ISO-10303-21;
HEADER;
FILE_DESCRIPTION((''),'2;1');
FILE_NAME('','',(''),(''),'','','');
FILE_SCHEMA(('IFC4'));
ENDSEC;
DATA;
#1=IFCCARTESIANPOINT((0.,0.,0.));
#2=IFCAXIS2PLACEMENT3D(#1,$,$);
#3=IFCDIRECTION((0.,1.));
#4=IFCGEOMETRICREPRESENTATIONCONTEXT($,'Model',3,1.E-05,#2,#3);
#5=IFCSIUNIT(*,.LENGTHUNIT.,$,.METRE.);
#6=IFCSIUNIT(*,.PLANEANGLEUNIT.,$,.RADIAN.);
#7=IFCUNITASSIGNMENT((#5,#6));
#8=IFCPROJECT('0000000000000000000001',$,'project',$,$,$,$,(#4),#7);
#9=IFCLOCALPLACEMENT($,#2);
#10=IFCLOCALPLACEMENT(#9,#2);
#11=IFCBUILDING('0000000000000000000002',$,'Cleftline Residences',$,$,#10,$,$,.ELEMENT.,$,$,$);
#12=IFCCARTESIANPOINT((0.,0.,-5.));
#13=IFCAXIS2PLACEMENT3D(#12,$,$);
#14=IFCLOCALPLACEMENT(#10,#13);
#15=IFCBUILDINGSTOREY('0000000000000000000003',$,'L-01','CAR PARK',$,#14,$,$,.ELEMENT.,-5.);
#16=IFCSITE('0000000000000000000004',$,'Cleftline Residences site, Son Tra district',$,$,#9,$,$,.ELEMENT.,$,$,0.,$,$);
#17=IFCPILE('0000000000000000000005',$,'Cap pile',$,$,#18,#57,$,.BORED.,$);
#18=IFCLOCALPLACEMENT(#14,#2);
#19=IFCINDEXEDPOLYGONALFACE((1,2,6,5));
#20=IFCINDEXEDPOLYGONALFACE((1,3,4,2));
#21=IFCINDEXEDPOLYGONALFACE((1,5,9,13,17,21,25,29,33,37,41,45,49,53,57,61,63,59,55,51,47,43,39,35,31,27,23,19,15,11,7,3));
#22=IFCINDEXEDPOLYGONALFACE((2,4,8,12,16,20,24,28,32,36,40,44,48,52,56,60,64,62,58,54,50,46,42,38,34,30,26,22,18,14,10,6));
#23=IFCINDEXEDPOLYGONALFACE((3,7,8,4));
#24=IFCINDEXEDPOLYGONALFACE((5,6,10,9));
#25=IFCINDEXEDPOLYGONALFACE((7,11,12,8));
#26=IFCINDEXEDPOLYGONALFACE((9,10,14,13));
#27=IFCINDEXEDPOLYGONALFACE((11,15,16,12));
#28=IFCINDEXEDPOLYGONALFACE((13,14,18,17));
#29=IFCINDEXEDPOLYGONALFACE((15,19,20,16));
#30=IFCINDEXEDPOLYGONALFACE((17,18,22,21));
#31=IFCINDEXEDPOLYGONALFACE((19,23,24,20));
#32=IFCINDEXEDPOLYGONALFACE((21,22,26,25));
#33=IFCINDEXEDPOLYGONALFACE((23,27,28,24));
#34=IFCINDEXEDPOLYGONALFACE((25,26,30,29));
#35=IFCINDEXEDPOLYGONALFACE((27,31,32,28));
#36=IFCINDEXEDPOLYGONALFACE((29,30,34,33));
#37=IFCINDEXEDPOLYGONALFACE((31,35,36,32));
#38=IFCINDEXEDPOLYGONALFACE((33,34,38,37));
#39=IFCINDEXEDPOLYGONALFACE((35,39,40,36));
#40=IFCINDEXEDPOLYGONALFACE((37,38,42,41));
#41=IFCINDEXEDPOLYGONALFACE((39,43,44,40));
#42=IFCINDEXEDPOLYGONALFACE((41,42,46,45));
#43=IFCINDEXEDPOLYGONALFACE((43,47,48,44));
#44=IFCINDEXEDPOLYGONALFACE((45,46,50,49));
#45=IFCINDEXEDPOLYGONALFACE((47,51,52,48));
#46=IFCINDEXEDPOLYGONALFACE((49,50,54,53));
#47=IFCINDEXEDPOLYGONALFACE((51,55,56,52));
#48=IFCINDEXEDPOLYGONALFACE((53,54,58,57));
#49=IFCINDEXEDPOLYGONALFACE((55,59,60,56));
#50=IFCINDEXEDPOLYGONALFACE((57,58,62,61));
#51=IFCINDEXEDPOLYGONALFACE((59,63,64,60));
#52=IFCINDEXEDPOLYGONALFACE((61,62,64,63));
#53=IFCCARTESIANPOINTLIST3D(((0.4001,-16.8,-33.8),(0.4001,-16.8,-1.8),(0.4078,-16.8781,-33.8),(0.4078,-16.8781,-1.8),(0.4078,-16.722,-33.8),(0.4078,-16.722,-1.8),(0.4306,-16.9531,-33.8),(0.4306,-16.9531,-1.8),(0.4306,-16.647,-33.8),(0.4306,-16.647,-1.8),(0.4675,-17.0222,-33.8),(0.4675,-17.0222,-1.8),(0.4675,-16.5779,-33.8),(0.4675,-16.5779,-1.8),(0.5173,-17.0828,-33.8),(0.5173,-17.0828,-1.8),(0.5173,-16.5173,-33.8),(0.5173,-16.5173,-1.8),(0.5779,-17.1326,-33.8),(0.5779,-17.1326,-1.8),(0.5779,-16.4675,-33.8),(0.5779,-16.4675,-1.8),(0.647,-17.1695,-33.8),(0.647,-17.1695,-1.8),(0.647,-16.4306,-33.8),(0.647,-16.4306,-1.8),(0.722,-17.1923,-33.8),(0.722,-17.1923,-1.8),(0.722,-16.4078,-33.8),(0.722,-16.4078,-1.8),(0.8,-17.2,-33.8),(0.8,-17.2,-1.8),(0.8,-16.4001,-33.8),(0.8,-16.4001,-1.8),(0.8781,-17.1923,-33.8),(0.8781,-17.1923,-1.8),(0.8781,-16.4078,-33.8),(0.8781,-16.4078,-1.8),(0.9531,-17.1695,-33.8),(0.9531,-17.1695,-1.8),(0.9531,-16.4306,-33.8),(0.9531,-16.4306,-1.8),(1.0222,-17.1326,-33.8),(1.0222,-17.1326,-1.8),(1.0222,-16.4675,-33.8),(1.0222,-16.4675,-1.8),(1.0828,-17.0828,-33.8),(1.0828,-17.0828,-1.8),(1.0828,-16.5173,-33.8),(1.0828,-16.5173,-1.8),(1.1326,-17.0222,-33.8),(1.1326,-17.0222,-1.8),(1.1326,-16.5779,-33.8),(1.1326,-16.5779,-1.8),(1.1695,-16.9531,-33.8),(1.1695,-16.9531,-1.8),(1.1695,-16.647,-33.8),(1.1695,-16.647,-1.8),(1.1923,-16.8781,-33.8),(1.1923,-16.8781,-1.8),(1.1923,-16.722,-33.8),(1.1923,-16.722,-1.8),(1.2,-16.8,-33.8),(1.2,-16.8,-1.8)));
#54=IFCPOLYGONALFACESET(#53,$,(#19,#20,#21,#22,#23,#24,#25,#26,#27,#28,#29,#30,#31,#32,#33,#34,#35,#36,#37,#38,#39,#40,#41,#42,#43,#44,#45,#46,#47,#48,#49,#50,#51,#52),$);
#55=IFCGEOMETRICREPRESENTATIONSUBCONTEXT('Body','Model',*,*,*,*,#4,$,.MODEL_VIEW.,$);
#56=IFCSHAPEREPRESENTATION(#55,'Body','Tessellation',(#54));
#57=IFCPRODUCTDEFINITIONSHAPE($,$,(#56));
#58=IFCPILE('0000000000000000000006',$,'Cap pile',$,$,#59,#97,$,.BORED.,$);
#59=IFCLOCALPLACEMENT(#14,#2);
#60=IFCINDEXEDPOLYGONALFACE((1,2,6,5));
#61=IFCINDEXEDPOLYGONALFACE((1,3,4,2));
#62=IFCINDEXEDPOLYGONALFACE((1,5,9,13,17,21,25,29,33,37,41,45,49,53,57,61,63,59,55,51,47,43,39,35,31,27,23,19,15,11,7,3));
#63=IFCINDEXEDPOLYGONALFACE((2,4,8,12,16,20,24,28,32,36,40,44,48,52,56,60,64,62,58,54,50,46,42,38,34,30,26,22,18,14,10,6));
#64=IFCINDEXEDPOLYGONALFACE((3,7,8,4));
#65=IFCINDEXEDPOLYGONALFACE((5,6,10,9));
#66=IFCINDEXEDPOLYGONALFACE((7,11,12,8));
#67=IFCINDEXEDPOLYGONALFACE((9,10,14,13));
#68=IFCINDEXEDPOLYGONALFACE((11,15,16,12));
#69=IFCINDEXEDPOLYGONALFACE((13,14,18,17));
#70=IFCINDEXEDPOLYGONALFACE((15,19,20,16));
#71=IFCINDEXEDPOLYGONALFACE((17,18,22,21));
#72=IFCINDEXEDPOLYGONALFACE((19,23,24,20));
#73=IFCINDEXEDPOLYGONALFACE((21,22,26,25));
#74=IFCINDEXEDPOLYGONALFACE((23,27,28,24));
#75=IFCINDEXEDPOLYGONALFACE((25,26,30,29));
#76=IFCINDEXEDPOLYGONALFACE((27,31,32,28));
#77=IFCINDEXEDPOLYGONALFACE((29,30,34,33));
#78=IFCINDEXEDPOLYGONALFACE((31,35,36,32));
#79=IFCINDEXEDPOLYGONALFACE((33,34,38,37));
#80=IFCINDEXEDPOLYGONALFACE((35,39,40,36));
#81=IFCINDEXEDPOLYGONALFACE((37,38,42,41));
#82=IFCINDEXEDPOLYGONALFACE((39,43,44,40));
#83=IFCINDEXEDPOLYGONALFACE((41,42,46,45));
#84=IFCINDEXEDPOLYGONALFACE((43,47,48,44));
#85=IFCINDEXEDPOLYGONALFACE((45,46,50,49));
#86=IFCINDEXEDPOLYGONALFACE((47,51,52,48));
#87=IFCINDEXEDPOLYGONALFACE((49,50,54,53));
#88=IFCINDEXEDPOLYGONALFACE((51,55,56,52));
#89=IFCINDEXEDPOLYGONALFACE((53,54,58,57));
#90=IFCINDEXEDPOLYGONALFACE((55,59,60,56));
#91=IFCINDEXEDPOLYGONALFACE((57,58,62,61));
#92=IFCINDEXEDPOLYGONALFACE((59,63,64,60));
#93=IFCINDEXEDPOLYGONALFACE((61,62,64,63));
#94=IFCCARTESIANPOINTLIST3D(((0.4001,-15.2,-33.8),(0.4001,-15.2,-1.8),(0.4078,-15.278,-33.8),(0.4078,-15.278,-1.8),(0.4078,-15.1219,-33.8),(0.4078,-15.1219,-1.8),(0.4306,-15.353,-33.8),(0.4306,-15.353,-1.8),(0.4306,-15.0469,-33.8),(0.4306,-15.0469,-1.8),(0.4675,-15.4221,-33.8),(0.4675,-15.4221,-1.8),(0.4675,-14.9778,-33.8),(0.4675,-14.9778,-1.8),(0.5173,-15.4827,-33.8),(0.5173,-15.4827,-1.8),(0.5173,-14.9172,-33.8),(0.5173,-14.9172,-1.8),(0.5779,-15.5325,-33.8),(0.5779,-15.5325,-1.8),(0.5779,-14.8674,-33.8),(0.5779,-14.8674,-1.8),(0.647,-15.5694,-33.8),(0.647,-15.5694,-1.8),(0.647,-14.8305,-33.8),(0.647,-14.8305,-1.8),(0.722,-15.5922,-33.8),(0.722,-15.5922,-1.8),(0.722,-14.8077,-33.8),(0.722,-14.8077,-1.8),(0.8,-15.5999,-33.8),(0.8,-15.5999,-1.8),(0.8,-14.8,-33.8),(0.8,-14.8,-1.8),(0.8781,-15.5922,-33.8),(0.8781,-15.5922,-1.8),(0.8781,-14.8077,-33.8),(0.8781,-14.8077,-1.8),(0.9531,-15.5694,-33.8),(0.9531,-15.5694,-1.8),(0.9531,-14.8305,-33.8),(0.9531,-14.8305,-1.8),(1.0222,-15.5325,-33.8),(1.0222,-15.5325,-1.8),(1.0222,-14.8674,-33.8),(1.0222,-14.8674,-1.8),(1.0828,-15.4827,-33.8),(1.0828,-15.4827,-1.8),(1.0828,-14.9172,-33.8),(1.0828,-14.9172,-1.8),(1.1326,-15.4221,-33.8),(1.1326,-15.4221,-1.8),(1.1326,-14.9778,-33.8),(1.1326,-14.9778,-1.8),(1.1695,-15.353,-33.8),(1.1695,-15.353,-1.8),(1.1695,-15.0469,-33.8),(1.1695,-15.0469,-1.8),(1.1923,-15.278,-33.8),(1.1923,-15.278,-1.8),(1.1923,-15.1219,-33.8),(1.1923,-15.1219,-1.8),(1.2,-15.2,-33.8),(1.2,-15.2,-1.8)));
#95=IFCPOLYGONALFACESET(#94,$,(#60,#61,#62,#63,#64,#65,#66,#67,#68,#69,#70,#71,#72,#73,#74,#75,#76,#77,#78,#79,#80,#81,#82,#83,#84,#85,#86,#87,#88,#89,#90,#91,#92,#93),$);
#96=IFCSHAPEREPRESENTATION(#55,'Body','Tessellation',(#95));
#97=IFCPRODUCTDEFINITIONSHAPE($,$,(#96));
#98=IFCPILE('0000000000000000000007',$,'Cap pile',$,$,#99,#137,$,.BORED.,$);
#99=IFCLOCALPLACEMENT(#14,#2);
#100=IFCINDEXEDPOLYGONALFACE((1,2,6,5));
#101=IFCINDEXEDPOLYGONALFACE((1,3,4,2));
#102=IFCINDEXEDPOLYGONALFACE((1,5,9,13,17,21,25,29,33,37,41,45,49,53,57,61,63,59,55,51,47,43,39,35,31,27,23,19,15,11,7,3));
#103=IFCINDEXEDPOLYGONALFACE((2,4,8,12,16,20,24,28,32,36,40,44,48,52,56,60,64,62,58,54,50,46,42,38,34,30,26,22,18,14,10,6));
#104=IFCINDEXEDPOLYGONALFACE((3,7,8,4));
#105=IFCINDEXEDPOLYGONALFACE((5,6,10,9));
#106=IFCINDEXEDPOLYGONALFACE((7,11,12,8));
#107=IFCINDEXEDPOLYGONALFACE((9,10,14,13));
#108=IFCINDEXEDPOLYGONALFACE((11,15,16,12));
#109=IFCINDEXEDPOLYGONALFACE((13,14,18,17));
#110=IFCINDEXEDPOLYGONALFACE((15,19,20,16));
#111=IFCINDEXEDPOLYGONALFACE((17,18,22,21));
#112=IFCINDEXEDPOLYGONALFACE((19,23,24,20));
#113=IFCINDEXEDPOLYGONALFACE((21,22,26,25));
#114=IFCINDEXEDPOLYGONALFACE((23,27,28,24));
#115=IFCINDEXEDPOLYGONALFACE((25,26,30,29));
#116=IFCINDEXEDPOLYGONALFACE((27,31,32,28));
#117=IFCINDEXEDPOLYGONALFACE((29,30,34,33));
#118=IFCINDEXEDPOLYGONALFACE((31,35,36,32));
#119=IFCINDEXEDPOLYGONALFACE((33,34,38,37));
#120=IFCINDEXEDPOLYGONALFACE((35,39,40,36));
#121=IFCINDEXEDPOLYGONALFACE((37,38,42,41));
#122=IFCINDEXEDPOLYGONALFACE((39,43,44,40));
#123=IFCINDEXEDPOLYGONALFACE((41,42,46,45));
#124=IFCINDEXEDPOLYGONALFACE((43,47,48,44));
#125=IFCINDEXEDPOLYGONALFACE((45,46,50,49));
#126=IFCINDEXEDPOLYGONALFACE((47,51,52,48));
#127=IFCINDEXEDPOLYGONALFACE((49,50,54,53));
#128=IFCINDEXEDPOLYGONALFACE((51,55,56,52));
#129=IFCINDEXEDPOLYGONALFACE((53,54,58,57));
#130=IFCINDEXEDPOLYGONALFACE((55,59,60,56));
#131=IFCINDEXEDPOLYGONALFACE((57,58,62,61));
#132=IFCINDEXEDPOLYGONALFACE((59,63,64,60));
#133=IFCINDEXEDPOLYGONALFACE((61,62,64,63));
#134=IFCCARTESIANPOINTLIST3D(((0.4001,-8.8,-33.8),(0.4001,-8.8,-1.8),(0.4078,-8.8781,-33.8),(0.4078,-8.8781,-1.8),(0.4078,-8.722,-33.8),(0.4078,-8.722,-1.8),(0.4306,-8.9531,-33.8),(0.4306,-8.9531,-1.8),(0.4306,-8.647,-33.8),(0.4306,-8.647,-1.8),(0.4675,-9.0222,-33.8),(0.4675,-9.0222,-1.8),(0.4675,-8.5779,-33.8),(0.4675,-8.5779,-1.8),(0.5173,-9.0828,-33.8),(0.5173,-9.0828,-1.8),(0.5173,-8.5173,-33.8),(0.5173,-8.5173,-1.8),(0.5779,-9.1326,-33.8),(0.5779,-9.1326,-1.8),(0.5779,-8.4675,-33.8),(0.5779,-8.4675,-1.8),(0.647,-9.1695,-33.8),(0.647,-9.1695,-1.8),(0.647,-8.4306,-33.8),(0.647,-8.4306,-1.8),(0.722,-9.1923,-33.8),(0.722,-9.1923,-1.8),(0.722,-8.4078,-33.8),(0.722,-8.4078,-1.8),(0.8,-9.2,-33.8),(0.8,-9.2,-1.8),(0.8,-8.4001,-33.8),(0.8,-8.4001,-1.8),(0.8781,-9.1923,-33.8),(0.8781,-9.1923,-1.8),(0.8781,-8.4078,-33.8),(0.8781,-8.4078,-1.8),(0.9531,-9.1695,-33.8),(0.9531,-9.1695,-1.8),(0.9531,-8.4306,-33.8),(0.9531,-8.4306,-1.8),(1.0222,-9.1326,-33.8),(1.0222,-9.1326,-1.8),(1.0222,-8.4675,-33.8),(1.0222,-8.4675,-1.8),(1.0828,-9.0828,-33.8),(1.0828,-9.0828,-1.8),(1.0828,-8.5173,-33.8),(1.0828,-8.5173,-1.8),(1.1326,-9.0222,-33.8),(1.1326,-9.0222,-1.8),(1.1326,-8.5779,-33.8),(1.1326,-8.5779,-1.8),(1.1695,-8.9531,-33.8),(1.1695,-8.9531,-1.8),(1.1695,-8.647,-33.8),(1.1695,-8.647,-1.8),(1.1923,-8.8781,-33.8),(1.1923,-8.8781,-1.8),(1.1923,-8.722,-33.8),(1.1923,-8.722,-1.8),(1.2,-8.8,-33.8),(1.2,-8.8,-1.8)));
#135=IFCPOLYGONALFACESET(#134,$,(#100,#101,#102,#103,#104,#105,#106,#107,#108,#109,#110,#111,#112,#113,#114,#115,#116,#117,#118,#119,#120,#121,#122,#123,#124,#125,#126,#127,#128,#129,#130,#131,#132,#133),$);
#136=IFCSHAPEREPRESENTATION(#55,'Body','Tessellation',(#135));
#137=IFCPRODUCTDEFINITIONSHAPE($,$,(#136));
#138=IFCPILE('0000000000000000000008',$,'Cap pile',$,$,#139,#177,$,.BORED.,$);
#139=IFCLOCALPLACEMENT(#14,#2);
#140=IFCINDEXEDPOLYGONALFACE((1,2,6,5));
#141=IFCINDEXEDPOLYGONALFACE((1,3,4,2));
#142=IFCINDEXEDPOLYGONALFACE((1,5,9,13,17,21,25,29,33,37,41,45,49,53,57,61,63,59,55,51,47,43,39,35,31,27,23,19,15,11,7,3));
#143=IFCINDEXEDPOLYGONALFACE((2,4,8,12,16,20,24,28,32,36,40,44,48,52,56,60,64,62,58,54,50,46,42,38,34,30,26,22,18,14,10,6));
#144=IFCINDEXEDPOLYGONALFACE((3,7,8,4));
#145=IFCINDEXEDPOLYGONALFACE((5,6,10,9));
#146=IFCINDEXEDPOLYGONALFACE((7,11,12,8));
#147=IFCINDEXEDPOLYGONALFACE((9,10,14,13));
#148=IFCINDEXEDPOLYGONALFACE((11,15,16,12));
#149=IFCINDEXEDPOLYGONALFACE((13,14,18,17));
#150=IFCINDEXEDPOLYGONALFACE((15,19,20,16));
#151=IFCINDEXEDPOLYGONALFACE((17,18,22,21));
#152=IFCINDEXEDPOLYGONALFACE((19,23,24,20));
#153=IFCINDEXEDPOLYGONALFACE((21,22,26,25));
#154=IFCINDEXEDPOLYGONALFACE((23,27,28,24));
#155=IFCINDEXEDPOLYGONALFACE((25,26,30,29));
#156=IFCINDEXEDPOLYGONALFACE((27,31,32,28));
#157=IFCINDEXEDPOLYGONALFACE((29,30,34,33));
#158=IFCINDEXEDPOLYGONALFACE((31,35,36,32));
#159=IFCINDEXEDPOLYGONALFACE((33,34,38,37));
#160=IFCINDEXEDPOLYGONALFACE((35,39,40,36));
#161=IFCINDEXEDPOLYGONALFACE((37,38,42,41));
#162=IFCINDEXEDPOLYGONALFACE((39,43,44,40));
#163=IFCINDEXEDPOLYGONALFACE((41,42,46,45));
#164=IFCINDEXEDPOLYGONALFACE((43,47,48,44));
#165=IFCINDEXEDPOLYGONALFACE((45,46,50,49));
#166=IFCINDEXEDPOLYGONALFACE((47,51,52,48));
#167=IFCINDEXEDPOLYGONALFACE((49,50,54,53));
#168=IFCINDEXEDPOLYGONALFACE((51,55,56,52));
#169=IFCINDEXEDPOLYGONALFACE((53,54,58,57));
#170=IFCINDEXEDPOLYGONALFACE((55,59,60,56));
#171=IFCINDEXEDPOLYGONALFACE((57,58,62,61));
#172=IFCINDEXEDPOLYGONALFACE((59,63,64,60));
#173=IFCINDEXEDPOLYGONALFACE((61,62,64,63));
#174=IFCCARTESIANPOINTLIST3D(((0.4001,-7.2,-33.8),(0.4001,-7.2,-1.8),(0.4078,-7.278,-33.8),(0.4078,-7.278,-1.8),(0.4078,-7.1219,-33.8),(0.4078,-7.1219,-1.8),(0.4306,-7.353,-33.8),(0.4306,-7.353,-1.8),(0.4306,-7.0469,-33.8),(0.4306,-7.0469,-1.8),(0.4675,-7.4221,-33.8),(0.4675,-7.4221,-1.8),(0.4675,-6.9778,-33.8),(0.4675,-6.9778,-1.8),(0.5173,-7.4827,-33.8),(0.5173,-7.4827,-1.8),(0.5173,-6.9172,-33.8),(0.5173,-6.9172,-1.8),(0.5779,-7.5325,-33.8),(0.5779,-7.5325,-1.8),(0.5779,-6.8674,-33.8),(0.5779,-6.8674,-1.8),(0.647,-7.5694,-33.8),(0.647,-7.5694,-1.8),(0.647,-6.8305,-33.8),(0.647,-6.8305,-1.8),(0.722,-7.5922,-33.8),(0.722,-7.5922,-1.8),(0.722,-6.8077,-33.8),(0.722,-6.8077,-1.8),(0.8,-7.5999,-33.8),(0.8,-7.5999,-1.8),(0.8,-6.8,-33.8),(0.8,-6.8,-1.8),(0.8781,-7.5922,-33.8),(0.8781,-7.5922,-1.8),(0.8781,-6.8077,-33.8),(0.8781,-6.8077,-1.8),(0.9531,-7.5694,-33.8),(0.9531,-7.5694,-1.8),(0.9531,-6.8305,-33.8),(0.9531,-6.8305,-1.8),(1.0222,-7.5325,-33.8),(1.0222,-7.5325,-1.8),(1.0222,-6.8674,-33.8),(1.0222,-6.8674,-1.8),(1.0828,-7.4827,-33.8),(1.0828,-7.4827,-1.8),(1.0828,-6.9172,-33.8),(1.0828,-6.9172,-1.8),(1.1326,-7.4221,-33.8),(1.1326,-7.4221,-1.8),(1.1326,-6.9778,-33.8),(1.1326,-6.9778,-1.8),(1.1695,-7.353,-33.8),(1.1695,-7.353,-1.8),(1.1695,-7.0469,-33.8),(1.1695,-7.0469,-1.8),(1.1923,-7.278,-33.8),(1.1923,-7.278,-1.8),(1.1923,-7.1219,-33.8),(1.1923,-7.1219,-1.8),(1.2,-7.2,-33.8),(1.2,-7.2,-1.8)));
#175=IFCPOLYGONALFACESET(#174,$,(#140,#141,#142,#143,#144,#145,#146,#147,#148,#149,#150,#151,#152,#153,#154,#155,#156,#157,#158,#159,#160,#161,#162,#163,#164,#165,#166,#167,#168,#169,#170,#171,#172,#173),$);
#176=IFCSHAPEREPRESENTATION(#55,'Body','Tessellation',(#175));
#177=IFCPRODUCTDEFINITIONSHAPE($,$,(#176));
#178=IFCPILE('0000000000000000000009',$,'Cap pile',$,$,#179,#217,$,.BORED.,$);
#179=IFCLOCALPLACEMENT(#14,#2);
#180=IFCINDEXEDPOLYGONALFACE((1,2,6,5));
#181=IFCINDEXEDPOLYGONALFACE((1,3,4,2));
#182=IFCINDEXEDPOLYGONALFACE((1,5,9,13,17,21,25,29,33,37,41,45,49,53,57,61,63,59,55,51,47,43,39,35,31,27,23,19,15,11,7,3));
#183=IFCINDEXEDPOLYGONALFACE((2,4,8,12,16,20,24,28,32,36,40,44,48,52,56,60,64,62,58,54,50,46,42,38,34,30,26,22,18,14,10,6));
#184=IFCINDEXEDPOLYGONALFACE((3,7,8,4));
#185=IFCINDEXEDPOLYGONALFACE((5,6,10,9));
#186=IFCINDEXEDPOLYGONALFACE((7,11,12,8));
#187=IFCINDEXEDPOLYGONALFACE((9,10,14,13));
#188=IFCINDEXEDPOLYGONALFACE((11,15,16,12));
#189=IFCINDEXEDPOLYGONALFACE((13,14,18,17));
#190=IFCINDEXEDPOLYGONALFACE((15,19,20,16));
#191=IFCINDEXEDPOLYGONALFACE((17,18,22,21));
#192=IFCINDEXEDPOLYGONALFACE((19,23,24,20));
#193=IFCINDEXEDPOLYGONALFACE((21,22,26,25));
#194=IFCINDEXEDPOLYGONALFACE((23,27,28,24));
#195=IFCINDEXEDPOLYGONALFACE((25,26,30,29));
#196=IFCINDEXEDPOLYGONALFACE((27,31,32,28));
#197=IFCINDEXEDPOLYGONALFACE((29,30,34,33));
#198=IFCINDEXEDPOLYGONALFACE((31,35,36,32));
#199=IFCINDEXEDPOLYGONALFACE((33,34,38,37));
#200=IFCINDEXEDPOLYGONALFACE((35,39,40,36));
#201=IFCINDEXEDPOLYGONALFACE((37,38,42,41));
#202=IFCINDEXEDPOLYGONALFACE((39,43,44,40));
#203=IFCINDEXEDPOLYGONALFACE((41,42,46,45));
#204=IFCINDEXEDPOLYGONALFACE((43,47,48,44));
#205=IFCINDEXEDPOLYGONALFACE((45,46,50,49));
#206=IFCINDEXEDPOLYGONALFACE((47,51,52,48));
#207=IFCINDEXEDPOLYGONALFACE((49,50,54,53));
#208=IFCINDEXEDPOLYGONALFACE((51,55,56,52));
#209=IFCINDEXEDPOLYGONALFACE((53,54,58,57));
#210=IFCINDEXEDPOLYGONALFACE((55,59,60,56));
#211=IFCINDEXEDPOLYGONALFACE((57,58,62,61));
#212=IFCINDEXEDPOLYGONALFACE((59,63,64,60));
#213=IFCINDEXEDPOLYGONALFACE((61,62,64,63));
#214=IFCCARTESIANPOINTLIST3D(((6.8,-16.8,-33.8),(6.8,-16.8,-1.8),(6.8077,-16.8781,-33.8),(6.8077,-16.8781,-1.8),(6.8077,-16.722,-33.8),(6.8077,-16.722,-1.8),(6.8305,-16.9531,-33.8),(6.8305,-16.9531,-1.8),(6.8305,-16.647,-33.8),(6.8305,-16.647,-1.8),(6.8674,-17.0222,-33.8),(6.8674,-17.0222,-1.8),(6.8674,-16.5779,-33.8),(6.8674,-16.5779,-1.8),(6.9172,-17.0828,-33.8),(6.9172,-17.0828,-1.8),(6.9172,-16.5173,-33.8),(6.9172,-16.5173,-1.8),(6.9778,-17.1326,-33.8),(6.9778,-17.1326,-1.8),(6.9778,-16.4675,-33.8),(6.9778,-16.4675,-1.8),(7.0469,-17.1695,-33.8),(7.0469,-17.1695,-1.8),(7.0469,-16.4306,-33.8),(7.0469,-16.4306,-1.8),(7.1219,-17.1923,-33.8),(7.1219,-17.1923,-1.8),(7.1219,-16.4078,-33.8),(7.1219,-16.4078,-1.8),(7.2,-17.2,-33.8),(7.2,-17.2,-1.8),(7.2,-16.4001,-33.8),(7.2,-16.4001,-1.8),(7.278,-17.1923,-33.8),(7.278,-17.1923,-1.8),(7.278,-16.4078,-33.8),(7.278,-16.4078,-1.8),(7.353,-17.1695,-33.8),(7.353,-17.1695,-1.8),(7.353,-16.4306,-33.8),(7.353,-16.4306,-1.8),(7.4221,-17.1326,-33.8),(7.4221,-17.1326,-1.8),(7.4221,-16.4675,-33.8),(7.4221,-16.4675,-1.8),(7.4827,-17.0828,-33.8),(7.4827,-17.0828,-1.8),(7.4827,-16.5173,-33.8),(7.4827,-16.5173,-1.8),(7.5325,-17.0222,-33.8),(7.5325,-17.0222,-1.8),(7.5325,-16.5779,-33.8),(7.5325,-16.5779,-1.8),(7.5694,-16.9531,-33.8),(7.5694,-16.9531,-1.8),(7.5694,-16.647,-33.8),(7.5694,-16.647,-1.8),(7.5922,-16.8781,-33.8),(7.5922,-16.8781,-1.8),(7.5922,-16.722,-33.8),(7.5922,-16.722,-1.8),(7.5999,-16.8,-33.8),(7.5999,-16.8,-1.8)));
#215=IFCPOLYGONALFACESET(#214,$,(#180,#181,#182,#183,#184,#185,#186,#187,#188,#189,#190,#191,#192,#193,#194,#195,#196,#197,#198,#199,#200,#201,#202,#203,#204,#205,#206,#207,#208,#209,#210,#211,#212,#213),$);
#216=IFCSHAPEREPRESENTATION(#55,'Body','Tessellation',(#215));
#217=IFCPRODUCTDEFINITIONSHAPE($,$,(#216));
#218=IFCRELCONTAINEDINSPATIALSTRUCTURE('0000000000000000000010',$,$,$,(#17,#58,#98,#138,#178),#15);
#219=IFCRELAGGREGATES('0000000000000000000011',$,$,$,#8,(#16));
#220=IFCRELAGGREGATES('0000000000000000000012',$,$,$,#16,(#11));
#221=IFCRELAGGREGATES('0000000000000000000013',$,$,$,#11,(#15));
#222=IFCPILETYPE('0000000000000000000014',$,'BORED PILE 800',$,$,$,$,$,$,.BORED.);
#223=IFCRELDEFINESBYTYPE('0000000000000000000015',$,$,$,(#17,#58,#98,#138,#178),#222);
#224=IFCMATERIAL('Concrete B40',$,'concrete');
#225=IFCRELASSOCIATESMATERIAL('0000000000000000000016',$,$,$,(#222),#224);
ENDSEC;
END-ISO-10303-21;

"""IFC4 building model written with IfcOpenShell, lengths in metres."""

from ifc_helpers import new_model, si_unit, direction, frame, origin, origin_2d, place, context, subcontext, project, spatial, circle, extrude, material, material_profile, profile_set, type_object, element, save


model = new_model("IFC4")

# Units and contexts
model_context = context("Model", 3, precision=1e-05, world=origin(), true_north=direction((0.0, 1.0)))
body_context = subcontext(model_context, "Body", "Model", "MODEL_VIEW")
ifc_project = project(units=[si_unit("LENGTHUNIT", "METRE"), si_unit("PLANEANGLEUNIT", "RADIAN")], contexts=[model_context])

# Site, building, storey
site_placement = place(None, origin())
site = spatial("IfcSite", under=ifc_project, at=site_placement, Name="Cleftline Residences site, Son Tra district", CompositionType="ELEMENT", RefElevation=0.0)
building_placement = place(site_placement, origin())
building = spatial("IfcBuilding", under=site, at=building_placement, Name="Cleftline Residences", CompositionType="ELEMENT")
storey_placement = place(building_placement, frame((0.0, 0.0, -5.0)))
storey = spatial("IfcBuildingStorey", under=building, at=storey_placement, Name="L-01", Description="CAR PARK", CompositionType="ELEMENT", Elevation=-5.0)

# Piles
ifc_material_1 = material(Name="Concrete B40", Category="concrete")
ifc_material_profile_1 = material_profile(ifc_material_1, circle(Radius=0.3999, at=origin_2d()))
ifc_profile_set_1 = profile_set([ifc_material_profile_1], Name="Concrete B40")
pile_type_1 = type_object("IfcPileType", Name="BORED PILE 800", PredefinedType="BORED", material=ifc_profile_set_1)
for number, where, z_axis, x_axis, name in (
    (1, (0.8, -16.8, -1.8), (0.0, 0.0, -1.0), (1.0, 0.0, 0.0), "Cap pile"),
    (2, (0.8, -15.2, -1.8), (0.0, 0.0, -1.0), (1.0, 0.0, 0.0), "Cap pile"),
    (3, (0.8, -8.8, -1.8), (0.0, 0.0, -1.0), (1.0, 0.0, 0.0), "Cap pile"),
    (4, (0.8, -7.2, -1.8), (0.0, 0.0, -1.0), (1.0, 0.0, 0.0), "Cap pile"),
    (5, (7.2, -16.8, -1.8), (0.0, 0.0, -1.0), (1.0, 0.0, 0.0), "Cap pile"),
):
    element("IfcPile", number, at=place(storey_placement, frame(where, z_axis=z_axis, x_axis=x_axis)), inside=storey, type_object=pile_type_1, Name=name, PredefinedType="BORED", context=body_context, shape_type="SweptSolid", body=[
        extrude(circle(Radius=0.3999, at=origin_2d()), origin(), (0.0, 0.0, 1.0), 32.0),
    ])

save(model, "model.ifc")
